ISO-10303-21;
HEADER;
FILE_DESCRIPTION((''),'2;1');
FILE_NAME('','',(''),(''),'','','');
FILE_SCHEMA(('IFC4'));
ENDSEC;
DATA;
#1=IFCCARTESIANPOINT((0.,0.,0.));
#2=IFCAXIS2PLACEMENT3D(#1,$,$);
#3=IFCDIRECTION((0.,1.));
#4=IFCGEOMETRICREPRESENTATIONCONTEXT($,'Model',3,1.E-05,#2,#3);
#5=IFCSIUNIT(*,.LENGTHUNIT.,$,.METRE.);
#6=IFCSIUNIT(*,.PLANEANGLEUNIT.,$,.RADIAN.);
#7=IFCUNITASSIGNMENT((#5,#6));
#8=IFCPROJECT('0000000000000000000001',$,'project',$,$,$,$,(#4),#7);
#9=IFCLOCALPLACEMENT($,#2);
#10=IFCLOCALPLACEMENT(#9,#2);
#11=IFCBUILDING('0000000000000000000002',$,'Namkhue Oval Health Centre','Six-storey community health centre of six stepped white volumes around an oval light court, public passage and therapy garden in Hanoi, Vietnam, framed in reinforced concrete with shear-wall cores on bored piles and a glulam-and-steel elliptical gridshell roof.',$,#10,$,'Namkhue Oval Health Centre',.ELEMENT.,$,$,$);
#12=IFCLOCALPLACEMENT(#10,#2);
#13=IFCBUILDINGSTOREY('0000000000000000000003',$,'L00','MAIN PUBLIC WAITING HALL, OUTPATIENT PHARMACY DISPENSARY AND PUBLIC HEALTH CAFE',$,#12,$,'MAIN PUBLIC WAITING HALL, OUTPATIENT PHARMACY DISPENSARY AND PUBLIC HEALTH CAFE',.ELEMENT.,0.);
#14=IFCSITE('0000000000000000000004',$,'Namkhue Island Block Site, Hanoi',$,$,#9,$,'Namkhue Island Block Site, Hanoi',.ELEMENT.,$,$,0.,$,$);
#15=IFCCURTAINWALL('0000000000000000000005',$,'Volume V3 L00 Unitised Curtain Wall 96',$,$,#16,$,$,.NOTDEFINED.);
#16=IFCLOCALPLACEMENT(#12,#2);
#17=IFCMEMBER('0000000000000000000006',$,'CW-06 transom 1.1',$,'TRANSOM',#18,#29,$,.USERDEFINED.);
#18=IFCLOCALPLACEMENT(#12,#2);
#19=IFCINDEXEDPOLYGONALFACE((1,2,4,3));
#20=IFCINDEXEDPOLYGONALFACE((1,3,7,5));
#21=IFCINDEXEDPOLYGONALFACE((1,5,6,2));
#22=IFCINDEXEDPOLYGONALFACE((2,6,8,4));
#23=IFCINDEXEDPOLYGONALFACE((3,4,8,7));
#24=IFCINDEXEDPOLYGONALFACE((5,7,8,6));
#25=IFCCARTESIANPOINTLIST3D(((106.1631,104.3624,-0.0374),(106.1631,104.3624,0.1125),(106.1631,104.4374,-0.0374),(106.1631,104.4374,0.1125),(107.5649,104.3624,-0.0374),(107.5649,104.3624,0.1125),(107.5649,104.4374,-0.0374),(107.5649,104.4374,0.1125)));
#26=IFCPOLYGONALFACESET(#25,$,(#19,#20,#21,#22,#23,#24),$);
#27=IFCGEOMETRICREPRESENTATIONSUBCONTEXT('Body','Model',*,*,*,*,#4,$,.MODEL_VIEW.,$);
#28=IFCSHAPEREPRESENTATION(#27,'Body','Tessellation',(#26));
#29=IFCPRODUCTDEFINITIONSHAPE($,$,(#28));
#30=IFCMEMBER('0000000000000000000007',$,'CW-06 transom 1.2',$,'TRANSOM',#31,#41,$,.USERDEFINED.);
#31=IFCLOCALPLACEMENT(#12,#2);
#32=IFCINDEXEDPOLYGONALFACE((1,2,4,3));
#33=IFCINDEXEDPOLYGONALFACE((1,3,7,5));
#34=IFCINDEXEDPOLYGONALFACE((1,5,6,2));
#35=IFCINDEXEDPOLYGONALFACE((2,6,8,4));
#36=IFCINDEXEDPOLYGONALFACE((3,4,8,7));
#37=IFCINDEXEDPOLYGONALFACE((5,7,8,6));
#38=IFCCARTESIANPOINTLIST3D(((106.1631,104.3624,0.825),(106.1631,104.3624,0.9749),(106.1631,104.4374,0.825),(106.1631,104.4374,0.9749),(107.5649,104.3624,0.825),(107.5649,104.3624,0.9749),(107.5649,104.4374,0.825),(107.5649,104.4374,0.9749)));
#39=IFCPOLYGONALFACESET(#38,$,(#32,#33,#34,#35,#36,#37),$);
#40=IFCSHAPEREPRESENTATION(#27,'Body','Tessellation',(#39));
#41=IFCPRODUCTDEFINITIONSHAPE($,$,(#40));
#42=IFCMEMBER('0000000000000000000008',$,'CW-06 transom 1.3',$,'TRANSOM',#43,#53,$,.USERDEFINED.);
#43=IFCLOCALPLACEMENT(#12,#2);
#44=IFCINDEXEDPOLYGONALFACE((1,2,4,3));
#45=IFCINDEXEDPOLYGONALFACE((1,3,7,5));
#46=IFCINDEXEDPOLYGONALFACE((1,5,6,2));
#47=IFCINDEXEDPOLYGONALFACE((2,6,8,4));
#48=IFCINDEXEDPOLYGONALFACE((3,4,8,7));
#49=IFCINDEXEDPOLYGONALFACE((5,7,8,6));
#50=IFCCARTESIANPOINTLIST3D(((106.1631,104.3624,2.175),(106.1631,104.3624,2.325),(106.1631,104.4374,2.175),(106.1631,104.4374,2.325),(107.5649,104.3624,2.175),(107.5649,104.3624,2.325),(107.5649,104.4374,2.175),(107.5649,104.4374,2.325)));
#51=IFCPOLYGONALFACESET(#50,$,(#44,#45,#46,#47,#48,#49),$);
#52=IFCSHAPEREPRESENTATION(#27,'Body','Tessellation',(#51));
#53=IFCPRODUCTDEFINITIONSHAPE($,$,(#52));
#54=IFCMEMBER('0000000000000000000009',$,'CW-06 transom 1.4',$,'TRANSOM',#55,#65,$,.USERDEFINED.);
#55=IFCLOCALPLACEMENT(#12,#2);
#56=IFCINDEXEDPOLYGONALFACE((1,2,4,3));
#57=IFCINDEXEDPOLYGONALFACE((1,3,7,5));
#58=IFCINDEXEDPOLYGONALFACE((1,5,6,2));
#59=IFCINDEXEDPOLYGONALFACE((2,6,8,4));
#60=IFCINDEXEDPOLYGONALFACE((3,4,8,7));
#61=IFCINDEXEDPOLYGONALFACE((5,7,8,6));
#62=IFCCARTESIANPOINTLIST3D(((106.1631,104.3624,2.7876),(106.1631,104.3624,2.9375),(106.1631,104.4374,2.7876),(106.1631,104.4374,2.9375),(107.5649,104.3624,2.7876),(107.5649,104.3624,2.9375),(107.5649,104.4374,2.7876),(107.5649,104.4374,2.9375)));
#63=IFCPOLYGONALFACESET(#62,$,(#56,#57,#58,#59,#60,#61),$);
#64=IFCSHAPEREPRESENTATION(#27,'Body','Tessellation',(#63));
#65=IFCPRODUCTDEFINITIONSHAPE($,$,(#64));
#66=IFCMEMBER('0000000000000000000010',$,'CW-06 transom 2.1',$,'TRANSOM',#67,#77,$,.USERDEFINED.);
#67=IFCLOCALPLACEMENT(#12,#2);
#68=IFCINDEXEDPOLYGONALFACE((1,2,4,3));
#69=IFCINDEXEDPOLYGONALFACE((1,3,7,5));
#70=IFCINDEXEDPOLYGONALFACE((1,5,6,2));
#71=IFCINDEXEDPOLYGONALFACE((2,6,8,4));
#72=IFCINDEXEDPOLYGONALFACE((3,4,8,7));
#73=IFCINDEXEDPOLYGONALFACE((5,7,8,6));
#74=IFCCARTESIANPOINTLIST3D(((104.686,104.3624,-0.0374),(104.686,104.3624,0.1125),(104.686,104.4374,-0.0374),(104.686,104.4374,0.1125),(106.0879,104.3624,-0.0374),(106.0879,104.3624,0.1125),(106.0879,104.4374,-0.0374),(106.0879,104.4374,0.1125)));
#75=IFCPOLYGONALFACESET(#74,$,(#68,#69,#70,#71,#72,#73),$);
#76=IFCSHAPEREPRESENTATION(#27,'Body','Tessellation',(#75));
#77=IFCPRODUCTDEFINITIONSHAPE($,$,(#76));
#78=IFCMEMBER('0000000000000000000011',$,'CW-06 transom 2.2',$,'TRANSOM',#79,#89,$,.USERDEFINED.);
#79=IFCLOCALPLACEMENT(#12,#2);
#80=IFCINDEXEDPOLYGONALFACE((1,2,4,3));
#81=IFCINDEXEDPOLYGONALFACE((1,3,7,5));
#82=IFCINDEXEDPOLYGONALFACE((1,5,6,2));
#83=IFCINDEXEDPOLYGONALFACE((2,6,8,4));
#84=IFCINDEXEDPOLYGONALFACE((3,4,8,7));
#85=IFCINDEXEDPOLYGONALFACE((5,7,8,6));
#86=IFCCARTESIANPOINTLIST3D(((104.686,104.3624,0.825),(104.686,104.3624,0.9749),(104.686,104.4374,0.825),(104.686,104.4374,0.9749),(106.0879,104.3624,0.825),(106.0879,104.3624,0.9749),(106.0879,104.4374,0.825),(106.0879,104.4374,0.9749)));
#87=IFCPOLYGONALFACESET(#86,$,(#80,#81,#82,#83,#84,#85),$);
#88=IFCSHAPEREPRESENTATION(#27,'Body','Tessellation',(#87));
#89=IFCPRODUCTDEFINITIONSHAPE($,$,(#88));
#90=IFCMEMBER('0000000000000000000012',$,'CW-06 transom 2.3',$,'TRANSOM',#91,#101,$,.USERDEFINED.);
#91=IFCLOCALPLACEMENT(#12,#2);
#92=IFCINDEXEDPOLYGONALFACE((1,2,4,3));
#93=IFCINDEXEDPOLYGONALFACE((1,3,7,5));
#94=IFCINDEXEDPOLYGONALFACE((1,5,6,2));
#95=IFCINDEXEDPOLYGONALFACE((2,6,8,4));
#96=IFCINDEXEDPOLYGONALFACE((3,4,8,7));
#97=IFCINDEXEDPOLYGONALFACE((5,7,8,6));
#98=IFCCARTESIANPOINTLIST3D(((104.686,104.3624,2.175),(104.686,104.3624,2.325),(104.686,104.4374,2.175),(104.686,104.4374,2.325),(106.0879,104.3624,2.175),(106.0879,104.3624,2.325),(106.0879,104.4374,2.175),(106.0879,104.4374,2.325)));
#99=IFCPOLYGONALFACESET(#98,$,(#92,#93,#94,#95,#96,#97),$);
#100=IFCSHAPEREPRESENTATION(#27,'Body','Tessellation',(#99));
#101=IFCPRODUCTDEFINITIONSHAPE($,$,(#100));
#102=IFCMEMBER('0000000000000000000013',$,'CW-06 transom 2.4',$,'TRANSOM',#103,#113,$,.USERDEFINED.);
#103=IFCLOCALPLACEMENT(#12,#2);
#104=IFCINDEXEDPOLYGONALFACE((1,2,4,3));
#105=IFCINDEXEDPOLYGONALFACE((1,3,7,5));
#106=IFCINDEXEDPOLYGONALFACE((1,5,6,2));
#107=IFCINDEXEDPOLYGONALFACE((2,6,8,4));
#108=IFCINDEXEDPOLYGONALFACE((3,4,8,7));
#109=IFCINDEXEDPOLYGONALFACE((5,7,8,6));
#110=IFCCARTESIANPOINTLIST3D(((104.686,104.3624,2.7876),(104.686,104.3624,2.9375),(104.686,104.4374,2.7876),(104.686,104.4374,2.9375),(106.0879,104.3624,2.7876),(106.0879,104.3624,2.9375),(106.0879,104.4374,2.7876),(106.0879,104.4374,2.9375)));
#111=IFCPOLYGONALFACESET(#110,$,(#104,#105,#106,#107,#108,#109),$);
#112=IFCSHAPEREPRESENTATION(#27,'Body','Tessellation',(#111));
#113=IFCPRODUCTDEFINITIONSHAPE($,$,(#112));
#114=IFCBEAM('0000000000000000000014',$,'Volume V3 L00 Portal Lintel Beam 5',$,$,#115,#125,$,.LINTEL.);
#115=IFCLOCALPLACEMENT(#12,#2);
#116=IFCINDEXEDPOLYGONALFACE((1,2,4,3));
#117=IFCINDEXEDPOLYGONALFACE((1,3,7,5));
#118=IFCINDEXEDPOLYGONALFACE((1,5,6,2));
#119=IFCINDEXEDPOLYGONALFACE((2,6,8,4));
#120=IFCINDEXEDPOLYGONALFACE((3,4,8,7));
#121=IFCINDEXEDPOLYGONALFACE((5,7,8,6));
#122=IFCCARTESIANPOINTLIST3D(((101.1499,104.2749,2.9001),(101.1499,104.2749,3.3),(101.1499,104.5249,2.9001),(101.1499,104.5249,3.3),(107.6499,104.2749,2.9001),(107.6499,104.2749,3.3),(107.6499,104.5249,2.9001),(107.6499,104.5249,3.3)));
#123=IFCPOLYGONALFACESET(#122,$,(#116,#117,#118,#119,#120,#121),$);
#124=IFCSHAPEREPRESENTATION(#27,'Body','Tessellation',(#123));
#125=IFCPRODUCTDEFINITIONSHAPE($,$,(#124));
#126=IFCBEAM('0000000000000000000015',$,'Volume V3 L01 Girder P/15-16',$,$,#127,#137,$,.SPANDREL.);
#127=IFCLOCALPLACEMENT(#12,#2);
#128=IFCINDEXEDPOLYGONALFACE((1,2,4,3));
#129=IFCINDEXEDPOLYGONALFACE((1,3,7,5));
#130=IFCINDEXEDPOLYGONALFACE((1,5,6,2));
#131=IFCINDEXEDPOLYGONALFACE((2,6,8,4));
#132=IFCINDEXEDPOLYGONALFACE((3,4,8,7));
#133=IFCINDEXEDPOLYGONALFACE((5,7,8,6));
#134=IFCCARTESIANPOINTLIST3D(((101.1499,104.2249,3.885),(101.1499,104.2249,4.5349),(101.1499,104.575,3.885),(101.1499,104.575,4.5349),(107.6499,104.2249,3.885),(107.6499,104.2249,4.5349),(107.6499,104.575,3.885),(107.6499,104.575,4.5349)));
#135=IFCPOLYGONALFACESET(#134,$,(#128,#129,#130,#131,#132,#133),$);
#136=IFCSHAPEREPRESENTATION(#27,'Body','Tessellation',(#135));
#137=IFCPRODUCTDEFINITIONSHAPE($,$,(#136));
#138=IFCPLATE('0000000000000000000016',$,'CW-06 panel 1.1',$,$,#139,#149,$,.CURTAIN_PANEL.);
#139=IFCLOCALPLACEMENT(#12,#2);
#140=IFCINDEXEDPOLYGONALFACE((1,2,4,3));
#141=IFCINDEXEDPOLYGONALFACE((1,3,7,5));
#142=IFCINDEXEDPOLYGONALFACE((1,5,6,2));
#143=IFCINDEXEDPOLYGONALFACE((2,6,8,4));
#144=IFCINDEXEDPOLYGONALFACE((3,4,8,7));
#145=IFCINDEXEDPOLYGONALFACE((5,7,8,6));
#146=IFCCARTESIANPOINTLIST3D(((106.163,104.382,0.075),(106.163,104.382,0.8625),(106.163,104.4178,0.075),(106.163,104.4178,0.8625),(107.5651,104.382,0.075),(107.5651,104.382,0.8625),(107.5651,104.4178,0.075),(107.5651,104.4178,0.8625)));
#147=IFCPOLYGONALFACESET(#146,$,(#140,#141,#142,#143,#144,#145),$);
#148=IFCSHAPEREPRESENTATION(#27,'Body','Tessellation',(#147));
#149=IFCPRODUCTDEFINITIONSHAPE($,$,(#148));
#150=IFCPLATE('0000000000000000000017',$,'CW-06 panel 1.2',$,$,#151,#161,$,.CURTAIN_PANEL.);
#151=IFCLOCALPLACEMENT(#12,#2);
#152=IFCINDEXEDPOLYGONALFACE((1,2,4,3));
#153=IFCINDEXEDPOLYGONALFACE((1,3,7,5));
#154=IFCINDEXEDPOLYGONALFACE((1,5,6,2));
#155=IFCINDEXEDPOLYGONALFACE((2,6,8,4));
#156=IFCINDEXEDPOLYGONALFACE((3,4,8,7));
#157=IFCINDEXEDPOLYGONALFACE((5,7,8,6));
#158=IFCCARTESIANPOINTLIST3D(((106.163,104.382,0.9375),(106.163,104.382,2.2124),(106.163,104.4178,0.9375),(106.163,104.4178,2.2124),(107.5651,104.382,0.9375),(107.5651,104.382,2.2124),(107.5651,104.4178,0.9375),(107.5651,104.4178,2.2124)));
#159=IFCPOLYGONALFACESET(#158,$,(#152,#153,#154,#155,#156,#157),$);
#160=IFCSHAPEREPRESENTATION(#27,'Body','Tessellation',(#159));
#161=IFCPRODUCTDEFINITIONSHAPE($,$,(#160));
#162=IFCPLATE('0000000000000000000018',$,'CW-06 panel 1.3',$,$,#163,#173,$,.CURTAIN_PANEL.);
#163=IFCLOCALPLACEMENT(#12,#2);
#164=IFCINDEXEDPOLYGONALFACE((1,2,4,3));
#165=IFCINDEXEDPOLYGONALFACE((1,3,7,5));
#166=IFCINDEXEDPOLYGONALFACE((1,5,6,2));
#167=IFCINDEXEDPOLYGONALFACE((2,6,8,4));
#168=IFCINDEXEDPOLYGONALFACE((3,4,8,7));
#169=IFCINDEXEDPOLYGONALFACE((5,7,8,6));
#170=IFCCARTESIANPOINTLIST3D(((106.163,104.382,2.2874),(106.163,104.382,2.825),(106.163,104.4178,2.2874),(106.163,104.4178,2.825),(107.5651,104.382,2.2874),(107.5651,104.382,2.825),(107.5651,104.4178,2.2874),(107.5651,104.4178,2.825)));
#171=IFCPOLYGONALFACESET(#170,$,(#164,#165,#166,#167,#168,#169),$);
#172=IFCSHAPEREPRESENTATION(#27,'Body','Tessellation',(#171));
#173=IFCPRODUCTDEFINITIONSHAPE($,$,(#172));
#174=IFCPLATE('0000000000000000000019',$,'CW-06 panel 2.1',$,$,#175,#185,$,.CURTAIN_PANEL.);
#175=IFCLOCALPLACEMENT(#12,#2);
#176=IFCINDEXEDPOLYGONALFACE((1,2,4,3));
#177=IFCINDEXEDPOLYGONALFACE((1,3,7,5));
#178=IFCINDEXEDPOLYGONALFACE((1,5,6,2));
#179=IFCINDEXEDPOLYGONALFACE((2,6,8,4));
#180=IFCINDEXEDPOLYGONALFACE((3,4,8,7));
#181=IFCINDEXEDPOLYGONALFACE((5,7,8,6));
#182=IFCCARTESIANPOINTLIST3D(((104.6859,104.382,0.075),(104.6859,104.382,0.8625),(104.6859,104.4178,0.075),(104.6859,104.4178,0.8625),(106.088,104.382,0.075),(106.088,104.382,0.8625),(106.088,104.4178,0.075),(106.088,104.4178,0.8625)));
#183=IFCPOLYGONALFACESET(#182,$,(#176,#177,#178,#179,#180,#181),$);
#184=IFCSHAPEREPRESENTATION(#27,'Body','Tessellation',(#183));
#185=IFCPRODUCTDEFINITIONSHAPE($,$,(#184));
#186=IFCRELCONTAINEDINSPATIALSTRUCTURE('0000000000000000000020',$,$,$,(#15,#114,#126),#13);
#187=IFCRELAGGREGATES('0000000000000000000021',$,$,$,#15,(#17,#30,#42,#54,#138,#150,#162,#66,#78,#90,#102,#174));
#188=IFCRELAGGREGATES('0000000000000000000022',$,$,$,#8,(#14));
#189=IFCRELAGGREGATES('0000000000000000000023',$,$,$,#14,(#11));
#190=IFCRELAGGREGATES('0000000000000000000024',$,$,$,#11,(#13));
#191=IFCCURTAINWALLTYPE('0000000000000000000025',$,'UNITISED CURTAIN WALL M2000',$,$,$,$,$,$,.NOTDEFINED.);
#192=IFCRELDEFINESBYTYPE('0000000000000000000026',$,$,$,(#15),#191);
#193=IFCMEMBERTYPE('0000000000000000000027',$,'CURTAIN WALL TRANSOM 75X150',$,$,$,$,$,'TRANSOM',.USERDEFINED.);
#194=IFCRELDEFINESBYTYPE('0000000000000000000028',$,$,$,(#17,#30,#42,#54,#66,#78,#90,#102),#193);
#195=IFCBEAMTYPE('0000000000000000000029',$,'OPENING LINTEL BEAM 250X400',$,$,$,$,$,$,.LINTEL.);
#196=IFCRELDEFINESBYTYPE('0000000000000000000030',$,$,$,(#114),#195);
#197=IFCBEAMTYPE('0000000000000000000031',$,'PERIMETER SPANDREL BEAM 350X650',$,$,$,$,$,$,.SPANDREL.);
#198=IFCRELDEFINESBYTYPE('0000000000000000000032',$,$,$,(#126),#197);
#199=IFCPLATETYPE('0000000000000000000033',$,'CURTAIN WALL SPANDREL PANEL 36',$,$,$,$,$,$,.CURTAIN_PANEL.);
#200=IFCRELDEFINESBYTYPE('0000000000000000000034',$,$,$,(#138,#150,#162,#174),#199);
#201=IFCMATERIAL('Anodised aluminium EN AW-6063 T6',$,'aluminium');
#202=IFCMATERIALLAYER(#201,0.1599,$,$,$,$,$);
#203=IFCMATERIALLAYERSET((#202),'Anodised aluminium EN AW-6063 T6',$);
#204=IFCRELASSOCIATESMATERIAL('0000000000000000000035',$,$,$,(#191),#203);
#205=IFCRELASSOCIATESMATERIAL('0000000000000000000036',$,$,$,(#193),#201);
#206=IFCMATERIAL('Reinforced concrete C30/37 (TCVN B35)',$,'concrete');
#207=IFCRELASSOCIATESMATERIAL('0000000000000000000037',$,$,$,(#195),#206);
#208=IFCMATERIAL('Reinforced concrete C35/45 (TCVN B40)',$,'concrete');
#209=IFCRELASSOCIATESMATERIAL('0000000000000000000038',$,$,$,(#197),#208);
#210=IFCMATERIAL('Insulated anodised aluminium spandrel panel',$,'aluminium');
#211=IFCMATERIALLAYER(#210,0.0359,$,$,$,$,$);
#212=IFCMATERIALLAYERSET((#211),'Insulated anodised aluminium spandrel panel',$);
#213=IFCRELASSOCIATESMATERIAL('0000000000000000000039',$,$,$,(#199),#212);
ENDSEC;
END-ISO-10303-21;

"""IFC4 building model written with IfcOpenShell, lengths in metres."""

from ifc_helpers import new_model, si_unit, direction, frame, origin, origin_2d, place, context, subcontext, project, spatial, rectangle, extrude, material, layer, layer_set, material_profile, profile_set, type_object, element, aggregate, save


model = new_model("IFC4")

# Units and contexts
model_context = context("Model", 3, precision=1e-05, world=origin(), true_north=direction((0.0, 1.0)))
body_context = subcontext(model_context, "Body", "Model", "MODEL_VIEW")
ifc_project = project(units=[si_unit("LENGTHUNIT", "METRE"), si_unit("PLANEANGLEUNIT", "RADIAN")], contexts=[model_context])

# Site, building, storey
site_placement = place(None, origin())
site = spatial("IfcSite", under=ifc_project, at=site_placement, Name="Namkhue Island Block Site, Hanoi", LongName="Namkhue Island Block Site, Hanoi", CompositionType="ELEMENT", RefElevation=0.0)
building_placement = place(site_placement, origin())
building = spatial("IfcBuilding", under=site, at=building_placement, Name="Namkhue Oval Health Centre", Description="Six-storey community health centre of six stepped white volumes around an oval light court, public passage and therapy garden in Hanoi, Vietnam, framed in reinforced concrete with shear-wall cores on bored piles and a glulam-and-steel elliptical gridshell roof.", LongName="Namkhue Oval Health Centre", CompositionType="ELEMENT")
storey_placement = place(building_placement, origin())
storey = spatial("IfcBuildingStorey", under=building, at=storey_placement, Name="L00", Description="MAIN PUBLIC WAITING HALL, OUTPATIENT PHARMACY DISPENSARY AND PUBLIC HEALTH CAFE", LongName="MAIN PUBLIC WAITING HALL, OUTPATIENT PHARMACY DISPENSARY AND PUBLIC HEALTH CAFE", CompositionType="ELEMENT", Elevation=0.0)

# Shared definitions
ifc_material_1 = material(Name="Reinforced concrete C30/37 (TCVN B35)", Category="concrete")

# Shared definitions
ifc_material_2 = material(Name="Reinforced concrete C35/45 (TCVN B40)", Category="concrete")

# Curtain wall, members
ifc_material_3 = material(Name="Anodised aluminium EN AW-6063 T6", Category="aluminium")
ifc_layer_1 = layer(ifc_material_3, 0.1599)
ifc_layer_set_1 = layer_set([ifc_layer_1], Name="Anodised aluminium EN AW-6063 T6")
curtain_wall_type = type_object("IfcCurtainWallType", Name="UNITISED CURTAIN WALL M2000", PredefinedType="NOTDEFINED", material=ifc_layer_set_1)
curtain_wall_placement = place(storey_placement, origin())
curtain_wall = element("IfcCurtainWall", 1, at=curtain_wall_placement, inside=storey, type_object=curtain_wall_type, Name="Volume V3 L00 Unitised Curtain Wall 96", PredefinedType="NOTDEFINED")
ifc_material_profile_1 = material_profile(ifc_material_3, rectangle(XDim=0.075, YDim=0.1499, at=origin_2d()), Name="ALU 75x150")
ifc_profile_set_1 = profile_set([ifc_material_profile_1], Name="Anodised aluminium EN AW-6063 T6")
member_type_1 = type_object("IfcMemberType", Name="CURTAIN WALL TRANSOM 75X150", ElementType="TRANSOM", PredefinedType="USERDEFINED", material=ifc_profile_set_1)
member_1_placement = place(storey_placement, frame((107.5649, 104.3999, 0.0376), z_axis=(-1.0, 0.0, 0.0), x_axis=(0.0, -1.0, 0.0)))
member_1 = element("IfcMember", 2, at=member_1_placement, type_object=member_type_1, Name="CW-06 transom 1.1", ObjectType="TRANSOM", PredefinedType="USERDEFINED", context=body_context, shape_type="SweptSolid", body=[
    extrude(rectangle(XDim=0.075, YDim=0.1499, at=origin_2d()), origin(), (0.0, 0.0, 1.0), 1.4019),
])
member_2_placement = place(storey_placement, frame((107.5649, 104.3999, 0.8999), z_axis=(-1.0, 0.0, 0.0), x_axis=(0.0, -1.0, 0.0)))
member_2 = element("IfcMember", 3, at=member_2_placement, type_object=member_type_1, Name="CW-06 transom 1.2", ObjectType="TRANSOM", PredefinedType="USERDEFINED", context=body_context, shape_type="SweptSolid", body=[
    extrude(rectangle(XDim=0.075, YDim=0.1499, at=origin_2d()), origin(), (0.0, 0.0, 1.0), 1.4019),
])
member_3_placement = place(storey_placement, frame((107.5649, 104.3999, 2.25), z_axis=(-1.0, 0.0, 0.0), x_axis=(0.0, -1.0, 0.0)))
member_3 = element("IfcMember", 4, at=member_3_placement, type_object=member_type_1, Name="CW-06 transom 1.3", ObjectType="TRANSOM", PredefinedType="USERDEFINED", context=body_context, shape_type="SweptSolid", body=[
    extrude(rectangle(XDim=0.075, YDim=0.1499, at=origin_2d()), origin(), (0.0, 0.0, 1.0), 1.4019),
])
member_4_placement = place(storey_placement, frame((107.5649, 104.3999, 2.8625), z_axis=(-1.0, 0.0, 0.0), x_axis=(0.0, -1.0, 0.0)))
member_4 = element("IfcMember", 5, at=member_4_placement, type_object=member_type_1, Name="CW-06 transom 1.4", ObjectType="TRANSOM", PredefinedType="USERDEFINED", context=body_context, shape_type="SweptSolid", body=[
    extrude(rectangle(XDim=0.075, YDim=0.1499, at=origin_2d()), origin(), (0.0, 0.0, 1.0), 1.4019),
])
member_5_placement = place(storey_placement, frame((106.0879, 104.3999, 0.0376), z_axis=(-1.0, 0.0, 0.0), x_axis=(0.0, -1.0, 0.0)))
member_5 = element("IfcMember", 6, at=member_5_placement, type_object=member_type_1, Name="CW-06 transom 2.1", ObjectType="TRANSOM", PredefinedType="USERDEFINED", context=body_context, shape_type="SweptSolid", body=[
    extrude(rectangle(XDim=0.075, YDim=0.1499, at=origin_2d()), origin(), (0.0, 0.0, 1.0), 1.4019),
])
member_6_placement = place(storey_placement, frame((106.0879, 104.3999, 0.8999), z_axis=(-1.0, 0.0, 0.0), x_axis=(0.0, -1.0, 0.0)))
member_6 = element("IfcMember", 7, at=member_6_placement, type_object=member_type_1, Name="CW-06 transom 2.2", ObjectType="TRANSOM", PredefinedType="USERDEFINED", context=body_context, shape_type="SweptSolid", body=[
    extrude(rectangle(XDim=0.075, YDim=0.1499, at=origin_2d()), origin(), (0.0, 0.0, 1.0), 1.4019),
])
member_7_placement = place(storey_placement, frame((106.0879, 104.3999, 2.25), z_axis=(-1.0, 0.0, 0.0), x_axis=(0.0, -1.0, 0.0)))
member_7 = element("IfcMember", 8, at=member_7_placement, type_object=member_type_1, Name="CW-06 transom 2.3", ObjectType="TRANSOM", PredefinedType="USERDEFINED", context=body_context, shape_type="SweptSolid", body=[
    extrude(rectangle(XDim=0.075, YDim=0.1499, at=origin_2d()), origin(), (0.0, 0.0, 1.0), 1.4019),
])
member_8_placement = place(storey_placement, frame((106.0879, 104.3999, 2.8625), z_axis=(-1.0, 0.0, 0.0), x_axis=(0.0, -1.0, 0.0)))
member_8 = element("IfcMember", 9, at=member_8_placement, type_object=member_type_1, Name="CW-06 transom 2.4", ObjectType="TRANSOM", PredefinedType="USERDEFINED", context=body_context, shape_type="SweptSolid", body=[
    extrude(rectangle(XDim=0.075, YDim=0.1499, at=origin_2d()), origin(), (0.0, 0.0, 1.0), 1.4019),
])

# Beams
ifc_material_profile_2 = material_profile(ifc_material_1, rectangle(XDim=0.25, YDim=0.3999, at=origin_2d()), Name="RC 250x400")
ifc_profile_set_2 = profile_set([ifc_material_profile_2], Name="Reinforced concrete C30/37 (TCVN B35)")
beam_type_1 = type_object("IfcBeamType", Name="OPENING LINTEL BEAM 250X400", PredefinedType="LINTEL", material=ifc_profile_set_2)
beam_1_placement = place(storey_placement, frame((101.1499, 104.3999, 3.1001), z_axis=(1.0, 0.0, 0.0), x_axis=(0.0, 1.0, 0.0)))
element("IfcBeam", 10, at=beam_1_placement, inside=storey, type_object=beam_type_1, Name="Volume V3 L00 Portal Lintel Beam 5", PredefinedType="LINTEL", context=body_context, shape_type="SweptSolid", body=[
    extrude(rectangle(XDim=0.25, YDim=0.3999, at=origin_2d()), origin(), (0.0, 0.0, 1.0), 6.5),
])
ifc_material_profile_3 = material_profile(ifc_material_2, rectangle(XDim=0.3501, YDim=0.6499, at=origin_2d()), Name="RC 350x650")
ifc_profile_set_3 = profile_set([ifc_material_profile_3], Name="Reinforced concrete C35/45 (TCVN B40)")
beam_type_2 = type_object("IfcBeamType", Name="PERIMETER SPANDREL BEAM 350X650", PredefinedType="SPANDREL", material=ifc_profile_set_3)
beam_2_placement = place(storey_placement, frame((101.1499, 104.3999, 4.21), z_axis=(1.0, 0.0, 0.0), x_axis=(0.0, 1.0, 0.0)))
element("IfcBeam", 11, at=beam_2_placement, inside=storey, type_object=beam_type_2, Name="Volume V3 L01 Girder P/15-16", PredefinedType="SPANDREL", context=body_context, shape_type="SweptSolid", body=[
    extrude(rectangle(XDim=0.3501, YDim=0.6499, at=origin_2d()), origin(), (0.0, 0.0, 1.0), 6.5),
])

# Plates
ifc_material_4 = material(Name="Insulated anodised aluminium spandrel panel", Category="aluminium")
ifc_layer_2 = layer(ifc_material_4, 0.0359)
ifc_layer_set_2 = layer_set([ifc_layer_2], Name="Insulated anodised aluminium spandrel panel")
plate_type = type_object("IfcPlateType", Name="CURTAIN WALL SPANDREL PANEL 36", PredefinedType="CURTAIN_PANEL", material=ifc_layer_set_2)
plate_1_placement = place(storey_placement, frame((106.864, 104.3999, 0.075), z_axis=(0.0, 0.0, 1.0), x_axis=(-1.0, 0.0, 0.0)))
plate_1 = element("IfcPlate", 12, at=plate_1_placement, type_object=plate_type, Name="CW-06 panel 1.1", PredefinedType="CURTAIN_PANEL", context=body_context, shape_type="SweptSolid", body=[
    extrude(rectangle(XDim=1.4021, YDim=0.0359, at=origin_2d()), origin(), (0.0, 0.0, 1.0), 0.7876),
])
plate_2_placement = place(storey_placement, frame((106.864, 104.3999, 0.9375), z_axis=(0.0, 0.0, 1.0), x_axis=(-1.0, 0.0, 0.0)))
plate_2 = element("IfcPlate", 13, at=plate_2_placement, type_object=plate_type, Name="CW-06 panel 1.2", PredefinedType="CURTAIN_PANEL", context=body_context, shape_type="SweptSolid", body=[
    extrude(rectangle(XDim=1.4021, YDim=0.0359, at=origin_2d()), origin(), (0.0, 0.0, 1.0), 1.2749),
])
plate_3_placement = place(storey_placement, frame((106.864, 104.3999, 2.2874), z_axis=(0.0, 0.0, 1.0), x_axis=(-1.0, 0.0, 0.0)))
plate_3 = element("IfcPlate", 14, at=plate_3_placement, type_object=plate_type, Name="CW-06 panel 1.3", PredefinedType="CURTAIN_PANEL", context=body_context, shape_type="SweptSolid", body=[
    extrude(rectangle(XDim=1.4021, YDim=0.0359, at=origin_2d()), origin(), (0.0, 0.0, 1.0), 0.5376),
])
plate_4_placement = place(storey_placement, frame((105.387, 104.3999, 0.075), z_axis=(0.0, 0.0, 1.0), x_axis=(-1.0, 0.0, 0.0)))
plate_4 = element("IfcPlate", 15, at=plate_4_placement, type_object=plate_type, Name="CW-06 panel 2.1", PredefinedType="CURTAIN_PANEL", context=body_context, shape_type="SweptSolid", body=[
    extrude(rectangle(XDim=1.4021, YDim=0.0359, at=origin_2d()), origin(), (0.0, 0.0, 1.0), 0.7876),
])
aggregate(curtain_wall, [member_1, member_2, member_3, member_4, plate_1, plate_2, plate_3, member_5, member_6, member_7, member_8, plate_4])

save(model, "model.ifc")
